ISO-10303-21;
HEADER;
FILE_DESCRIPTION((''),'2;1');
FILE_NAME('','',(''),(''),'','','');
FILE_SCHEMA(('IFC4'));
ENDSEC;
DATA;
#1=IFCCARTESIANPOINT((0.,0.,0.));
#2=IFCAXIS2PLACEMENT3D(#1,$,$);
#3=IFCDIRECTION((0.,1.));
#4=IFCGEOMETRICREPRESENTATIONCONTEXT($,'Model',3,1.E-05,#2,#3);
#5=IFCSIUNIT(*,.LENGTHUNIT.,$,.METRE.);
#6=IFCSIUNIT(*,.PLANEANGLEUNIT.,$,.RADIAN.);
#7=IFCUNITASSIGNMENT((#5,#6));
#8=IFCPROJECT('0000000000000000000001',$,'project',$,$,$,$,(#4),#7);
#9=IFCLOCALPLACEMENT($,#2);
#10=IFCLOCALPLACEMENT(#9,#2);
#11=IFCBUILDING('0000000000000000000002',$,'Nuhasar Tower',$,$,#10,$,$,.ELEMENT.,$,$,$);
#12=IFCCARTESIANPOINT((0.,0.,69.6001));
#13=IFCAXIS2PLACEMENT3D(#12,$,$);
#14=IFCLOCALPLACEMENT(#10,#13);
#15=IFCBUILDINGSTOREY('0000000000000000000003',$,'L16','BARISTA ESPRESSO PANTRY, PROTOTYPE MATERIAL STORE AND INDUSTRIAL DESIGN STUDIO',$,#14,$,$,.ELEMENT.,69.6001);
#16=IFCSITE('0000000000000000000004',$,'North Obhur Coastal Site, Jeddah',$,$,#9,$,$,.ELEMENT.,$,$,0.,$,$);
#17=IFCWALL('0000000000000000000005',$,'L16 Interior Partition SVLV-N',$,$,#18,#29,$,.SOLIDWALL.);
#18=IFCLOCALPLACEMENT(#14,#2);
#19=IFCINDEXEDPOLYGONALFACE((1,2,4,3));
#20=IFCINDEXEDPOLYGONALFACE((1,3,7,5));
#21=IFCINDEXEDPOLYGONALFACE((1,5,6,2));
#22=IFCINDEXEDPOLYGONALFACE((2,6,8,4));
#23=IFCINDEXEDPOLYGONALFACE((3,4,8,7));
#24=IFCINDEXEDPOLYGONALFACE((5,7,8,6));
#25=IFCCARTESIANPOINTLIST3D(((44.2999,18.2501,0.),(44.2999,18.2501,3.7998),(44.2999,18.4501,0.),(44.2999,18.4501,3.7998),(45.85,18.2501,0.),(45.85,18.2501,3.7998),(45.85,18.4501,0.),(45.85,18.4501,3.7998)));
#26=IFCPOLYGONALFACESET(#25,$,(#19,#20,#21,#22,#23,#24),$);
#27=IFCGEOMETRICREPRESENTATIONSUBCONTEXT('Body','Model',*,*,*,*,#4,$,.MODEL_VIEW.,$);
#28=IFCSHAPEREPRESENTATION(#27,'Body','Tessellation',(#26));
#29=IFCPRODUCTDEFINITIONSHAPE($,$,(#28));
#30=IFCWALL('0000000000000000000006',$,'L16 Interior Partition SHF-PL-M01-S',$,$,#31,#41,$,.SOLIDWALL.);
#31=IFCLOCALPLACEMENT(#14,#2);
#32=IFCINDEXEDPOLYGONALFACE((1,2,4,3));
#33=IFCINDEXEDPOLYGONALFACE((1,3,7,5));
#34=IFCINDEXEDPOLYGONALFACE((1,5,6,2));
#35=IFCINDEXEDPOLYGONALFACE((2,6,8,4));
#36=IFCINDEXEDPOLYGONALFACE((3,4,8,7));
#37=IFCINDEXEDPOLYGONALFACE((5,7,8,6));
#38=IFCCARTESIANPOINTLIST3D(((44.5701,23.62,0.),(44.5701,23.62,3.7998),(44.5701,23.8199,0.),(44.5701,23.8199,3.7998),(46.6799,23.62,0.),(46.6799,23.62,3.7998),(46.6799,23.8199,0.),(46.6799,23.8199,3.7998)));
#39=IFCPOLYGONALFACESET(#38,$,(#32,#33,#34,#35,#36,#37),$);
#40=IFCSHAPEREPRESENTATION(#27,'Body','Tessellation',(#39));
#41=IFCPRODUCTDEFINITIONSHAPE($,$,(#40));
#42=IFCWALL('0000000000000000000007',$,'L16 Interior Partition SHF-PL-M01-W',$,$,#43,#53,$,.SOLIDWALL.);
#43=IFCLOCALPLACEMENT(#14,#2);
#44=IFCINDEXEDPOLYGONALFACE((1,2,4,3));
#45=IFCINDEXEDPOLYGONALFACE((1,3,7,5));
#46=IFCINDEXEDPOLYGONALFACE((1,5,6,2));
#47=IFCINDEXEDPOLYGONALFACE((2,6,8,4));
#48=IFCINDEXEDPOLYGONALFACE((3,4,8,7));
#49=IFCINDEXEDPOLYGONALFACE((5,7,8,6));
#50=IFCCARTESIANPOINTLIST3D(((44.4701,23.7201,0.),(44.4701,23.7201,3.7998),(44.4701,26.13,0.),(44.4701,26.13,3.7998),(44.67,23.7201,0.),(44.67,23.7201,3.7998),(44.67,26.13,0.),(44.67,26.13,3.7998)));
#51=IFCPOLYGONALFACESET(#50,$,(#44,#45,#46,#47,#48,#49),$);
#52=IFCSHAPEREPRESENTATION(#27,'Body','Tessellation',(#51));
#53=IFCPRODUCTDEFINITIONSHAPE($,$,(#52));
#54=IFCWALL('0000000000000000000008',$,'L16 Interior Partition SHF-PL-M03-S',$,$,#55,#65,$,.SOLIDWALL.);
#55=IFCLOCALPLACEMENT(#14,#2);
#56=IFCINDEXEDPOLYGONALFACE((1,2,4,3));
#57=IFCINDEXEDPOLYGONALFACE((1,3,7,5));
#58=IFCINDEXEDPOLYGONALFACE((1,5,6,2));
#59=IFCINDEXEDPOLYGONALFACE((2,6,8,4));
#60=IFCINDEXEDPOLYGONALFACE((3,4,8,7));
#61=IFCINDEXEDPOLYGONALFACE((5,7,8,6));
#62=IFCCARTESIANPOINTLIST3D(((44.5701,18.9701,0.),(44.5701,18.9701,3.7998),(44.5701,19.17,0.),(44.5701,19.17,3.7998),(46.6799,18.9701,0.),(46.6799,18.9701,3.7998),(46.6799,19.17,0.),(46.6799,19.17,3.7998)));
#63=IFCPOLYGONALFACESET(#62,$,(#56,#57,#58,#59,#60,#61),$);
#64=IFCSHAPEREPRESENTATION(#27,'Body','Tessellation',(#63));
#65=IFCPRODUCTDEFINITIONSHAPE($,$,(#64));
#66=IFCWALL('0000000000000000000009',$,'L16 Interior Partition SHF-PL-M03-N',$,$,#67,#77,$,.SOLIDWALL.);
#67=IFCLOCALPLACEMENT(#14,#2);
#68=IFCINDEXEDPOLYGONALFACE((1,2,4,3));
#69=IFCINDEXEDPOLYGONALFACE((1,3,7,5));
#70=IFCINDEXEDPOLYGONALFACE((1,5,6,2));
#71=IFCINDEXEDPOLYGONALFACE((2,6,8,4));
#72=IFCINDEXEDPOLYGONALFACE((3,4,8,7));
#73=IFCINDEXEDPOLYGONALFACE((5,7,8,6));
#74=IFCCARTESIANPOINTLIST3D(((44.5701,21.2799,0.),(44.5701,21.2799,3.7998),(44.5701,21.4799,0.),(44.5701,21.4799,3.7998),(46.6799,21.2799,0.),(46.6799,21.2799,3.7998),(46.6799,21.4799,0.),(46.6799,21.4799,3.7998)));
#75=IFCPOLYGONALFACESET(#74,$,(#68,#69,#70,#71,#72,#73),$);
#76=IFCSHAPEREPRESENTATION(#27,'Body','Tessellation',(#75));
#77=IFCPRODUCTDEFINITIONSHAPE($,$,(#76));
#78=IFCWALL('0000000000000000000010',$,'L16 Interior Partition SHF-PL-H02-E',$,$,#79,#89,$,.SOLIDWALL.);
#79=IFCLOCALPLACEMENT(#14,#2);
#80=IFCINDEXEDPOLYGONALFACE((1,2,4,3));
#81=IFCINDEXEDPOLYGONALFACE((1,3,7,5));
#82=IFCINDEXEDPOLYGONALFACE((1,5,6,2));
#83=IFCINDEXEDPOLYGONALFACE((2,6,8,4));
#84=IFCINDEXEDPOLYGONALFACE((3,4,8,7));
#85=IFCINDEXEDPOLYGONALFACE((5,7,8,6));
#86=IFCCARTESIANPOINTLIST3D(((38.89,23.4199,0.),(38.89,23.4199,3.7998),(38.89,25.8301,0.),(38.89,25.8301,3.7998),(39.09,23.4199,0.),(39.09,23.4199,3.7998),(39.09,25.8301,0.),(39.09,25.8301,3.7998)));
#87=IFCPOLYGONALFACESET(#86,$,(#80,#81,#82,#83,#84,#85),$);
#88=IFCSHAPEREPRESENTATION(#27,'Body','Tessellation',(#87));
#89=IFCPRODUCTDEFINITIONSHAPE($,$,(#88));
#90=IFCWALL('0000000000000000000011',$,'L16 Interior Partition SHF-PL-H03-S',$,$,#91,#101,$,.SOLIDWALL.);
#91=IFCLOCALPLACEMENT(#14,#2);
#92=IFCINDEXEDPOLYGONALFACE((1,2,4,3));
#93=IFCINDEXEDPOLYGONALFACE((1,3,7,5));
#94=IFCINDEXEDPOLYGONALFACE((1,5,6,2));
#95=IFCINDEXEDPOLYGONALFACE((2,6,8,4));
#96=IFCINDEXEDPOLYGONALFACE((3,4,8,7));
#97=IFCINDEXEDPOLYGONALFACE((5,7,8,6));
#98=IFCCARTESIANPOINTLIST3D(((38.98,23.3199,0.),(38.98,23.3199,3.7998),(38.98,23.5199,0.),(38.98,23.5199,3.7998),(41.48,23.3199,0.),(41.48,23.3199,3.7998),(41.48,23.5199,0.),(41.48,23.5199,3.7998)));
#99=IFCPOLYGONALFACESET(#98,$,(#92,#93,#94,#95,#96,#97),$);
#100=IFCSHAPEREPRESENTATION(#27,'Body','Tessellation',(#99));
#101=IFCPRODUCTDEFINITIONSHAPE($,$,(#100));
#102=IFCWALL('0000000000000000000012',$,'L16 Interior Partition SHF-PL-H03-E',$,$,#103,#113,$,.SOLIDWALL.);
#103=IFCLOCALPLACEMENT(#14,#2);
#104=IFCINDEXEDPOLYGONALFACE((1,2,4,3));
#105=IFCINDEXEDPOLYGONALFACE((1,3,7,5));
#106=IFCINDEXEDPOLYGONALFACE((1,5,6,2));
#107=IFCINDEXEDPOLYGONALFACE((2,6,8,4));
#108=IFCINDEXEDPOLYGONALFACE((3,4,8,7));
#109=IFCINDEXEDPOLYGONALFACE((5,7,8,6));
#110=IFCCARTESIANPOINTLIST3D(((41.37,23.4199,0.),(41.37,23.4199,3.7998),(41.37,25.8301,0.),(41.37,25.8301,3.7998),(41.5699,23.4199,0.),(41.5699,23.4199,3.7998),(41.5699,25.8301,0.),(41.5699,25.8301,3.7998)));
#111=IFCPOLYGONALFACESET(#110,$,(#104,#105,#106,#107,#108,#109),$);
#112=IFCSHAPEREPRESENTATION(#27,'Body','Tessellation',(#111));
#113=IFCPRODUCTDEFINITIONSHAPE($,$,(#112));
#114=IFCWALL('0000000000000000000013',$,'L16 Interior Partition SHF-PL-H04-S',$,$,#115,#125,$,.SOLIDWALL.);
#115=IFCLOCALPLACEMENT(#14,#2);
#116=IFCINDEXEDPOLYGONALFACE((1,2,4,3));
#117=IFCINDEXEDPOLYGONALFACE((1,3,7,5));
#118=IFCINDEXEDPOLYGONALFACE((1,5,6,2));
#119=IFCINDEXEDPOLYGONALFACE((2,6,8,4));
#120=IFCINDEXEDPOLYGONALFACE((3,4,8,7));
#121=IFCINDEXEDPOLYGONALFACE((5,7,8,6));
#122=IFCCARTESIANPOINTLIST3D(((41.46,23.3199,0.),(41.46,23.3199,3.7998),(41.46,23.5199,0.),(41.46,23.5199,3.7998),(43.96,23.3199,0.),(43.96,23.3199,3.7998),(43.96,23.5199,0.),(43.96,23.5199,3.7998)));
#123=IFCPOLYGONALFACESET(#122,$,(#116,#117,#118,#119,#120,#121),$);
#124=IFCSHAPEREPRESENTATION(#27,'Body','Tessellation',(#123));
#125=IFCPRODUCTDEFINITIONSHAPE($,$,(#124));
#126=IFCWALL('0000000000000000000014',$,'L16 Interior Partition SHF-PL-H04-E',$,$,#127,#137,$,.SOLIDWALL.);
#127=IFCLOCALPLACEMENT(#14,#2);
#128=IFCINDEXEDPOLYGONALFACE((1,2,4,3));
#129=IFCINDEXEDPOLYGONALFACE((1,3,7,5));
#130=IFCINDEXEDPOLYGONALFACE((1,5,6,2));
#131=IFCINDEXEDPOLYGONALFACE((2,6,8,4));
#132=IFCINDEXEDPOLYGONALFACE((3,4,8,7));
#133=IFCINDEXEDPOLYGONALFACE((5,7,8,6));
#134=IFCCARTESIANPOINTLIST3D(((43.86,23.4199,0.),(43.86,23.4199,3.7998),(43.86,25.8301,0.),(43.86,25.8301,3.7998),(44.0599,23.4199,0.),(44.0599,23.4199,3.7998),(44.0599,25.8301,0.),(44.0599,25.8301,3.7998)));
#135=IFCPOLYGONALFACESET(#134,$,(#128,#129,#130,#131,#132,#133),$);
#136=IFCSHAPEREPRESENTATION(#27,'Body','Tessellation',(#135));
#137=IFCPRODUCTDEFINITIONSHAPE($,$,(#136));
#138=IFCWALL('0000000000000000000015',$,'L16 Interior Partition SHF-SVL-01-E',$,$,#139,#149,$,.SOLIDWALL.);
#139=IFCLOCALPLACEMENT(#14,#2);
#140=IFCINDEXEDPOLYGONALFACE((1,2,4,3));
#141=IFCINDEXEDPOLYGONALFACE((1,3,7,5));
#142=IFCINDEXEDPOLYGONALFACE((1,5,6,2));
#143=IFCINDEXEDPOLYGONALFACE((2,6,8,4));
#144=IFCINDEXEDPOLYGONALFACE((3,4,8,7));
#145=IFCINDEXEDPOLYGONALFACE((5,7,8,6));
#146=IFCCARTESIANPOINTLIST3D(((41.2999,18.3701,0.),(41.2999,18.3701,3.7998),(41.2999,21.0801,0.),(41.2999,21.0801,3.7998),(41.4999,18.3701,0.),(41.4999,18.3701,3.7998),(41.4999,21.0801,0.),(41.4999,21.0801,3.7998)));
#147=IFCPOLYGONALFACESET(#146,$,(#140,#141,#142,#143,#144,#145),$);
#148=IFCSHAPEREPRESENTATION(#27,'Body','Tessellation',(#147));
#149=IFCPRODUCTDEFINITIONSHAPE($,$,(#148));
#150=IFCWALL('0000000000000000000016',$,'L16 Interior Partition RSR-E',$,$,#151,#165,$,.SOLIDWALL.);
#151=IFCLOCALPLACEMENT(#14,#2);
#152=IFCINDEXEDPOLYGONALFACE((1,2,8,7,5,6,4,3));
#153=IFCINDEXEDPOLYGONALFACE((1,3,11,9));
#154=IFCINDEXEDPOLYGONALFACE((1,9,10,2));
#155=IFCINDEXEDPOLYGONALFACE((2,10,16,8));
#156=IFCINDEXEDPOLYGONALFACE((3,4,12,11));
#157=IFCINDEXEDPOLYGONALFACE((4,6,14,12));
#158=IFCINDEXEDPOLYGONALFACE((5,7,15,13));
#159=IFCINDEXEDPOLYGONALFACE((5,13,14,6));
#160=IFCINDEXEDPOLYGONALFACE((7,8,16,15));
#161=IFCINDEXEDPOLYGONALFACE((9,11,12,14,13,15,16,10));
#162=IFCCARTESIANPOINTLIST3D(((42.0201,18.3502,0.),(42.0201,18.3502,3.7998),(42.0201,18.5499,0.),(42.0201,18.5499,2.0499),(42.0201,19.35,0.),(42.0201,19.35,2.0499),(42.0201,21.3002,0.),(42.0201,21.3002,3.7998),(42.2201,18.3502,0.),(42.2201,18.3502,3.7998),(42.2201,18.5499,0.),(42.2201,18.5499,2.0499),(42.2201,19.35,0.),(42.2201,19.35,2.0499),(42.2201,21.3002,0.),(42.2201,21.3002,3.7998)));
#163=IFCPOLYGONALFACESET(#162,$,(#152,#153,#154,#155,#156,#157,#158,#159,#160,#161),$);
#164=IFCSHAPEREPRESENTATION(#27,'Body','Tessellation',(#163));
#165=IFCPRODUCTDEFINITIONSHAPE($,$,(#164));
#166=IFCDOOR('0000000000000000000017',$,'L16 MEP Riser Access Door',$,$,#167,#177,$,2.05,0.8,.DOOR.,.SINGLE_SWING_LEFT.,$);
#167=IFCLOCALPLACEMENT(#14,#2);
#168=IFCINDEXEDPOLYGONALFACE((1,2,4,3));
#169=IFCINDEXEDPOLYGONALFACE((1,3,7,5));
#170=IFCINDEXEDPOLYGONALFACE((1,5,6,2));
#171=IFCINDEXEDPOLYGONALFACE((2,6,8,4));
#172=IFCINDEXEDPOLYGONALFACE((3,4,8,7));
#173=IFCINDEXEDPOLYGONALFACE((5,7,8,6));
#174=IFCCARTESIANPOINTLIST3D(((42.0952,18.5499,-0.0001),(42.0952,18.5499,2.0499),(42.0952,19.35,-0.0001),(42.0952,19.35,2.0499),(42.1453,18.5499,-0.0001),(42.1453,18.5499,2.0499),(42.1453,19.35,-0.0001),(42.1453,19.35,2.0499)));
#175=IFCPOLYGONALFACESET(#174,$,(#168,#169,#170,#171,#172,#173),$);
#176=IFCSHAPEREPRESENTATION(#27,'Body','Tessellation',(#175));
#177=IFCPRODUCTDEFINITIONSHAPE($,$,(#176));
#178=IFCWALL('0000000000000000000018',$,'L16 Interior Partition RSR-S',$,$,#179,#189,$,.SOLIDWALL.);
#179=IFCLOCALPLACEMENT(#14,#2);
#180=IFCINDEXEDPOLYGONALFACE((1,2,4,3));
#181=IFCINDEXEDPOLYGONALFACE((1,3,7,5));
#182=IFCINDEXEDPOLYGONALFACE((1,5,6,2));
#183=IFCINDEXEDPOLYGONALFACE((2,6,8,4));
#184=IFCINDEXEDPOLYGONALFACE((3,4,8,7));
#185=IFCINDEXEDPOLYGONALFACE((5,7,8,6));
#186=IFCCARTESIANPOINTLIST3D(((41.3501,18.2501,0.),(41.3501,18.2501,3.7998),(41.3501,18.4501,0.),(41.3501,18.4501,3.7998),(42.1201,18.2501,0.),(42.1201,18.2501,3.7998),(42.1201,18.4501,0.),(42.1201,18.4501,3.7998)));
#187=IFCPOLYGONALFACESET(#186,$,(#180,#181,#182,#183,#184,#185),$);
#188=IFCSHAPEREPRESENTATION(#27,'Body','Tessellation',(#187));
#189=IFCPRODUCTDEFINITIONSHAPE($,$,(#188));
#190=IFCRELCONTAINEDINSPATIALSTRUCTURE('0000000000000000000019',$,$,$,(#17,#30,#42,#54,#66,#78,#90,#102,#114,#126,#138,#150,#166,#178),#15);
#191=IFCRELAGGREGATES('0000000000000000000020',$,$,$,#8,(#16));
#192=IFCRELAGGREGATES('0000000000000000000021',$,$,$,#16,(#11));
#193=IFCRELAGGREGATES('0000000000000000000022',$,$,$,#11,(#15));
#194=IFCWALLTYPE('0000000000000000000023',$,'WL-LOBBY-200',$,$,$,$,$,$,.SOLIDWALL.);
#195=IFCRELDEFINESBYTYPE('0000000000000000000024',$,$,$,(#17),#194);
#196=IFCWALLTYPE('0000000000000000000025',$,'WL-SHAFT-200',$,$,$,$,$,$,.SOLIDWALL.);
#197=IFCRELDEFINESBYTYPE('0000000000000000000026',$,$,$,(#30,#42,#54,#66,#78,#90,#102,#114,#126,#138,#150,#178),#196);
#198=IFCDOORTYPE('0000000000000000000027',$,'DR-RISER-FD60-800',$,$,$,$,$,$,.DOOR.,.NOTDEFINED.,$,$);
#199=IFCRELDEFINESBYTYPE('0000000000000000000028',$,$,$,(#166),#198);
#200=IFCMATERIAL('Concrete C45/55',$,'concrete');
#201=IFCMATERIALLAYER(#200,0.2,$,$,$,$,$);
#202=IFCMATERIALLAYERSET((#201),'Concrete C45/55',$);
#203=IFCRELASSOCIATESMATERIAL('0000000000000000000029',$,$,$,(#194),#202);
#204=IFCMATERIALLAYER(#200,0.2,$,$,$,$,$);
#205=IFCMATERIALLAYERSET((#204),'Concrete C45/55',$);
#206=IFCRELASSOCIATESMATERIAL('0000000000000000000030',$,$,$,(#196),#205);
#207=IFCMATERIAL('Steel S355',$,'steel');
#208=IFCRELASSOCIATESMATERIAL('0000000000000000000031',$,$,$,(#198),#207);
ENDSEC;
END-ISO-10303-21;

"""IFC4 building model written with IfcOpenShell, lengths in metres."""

from ifc_helpers import new_model, si_unit, direction, frame, frame_2d, origin, place, context, subcontext, project, spatial, rectangle, extrude, material, layer, layer_set, type_object, element, fill, save


model = new_model("IFC4")

# Units and contexts
model_context = context("Model", 3, precision=1e-05, world=origin(), true_north=direction((0.0, 1.0)))
body_context = subcontext(model_context, "Body", "Model", "MODEL_VIEW")
ifc_project = project(units=[si_unit("LENGTHUNIT", "METRE"), si_unit("PLANEANGLEUNIT", "RADIAN")], contexts=[model_context])

# Site, building, storey
site_placement = place(None, origin())
site = spatial("IfcSite", under=ifc_project, at=site_placement, Name="North Obhur Coastal Site, Jeddah", CompositionType="ELEMENT", RefElevation=0.0)
building_placement = place(site_placement, origin())
building = spatial("IfcBuilding", under=site, at=building_placement, Name="Nuhasar Tower", CompositionType="ELEMENT")
storey_placement = place(building_placement, frame((0.0, 0.0, 69.6001)))
storey = spatial("IfcBuildingStorey", under=building, at=storey_placement, Name="L16", Description="BARISTA ESPRESSO PANTRY, PROTOTYPE MATERIAL STORE AND INDUSTRIAL DESIGN STUDIO", CompositionType="ELEMENT", Elevation=69.6001)

# Shared definitions
ifc_material_1 = material(Name="Steel S355", Category="steel")

# Shared definitions
ifc_material_2 = material(Name="Concrete C45/55", Category="concrete")
ifc_layer_1 = layer(ifc_material_2, 0.2)
ifc_layer_set_1 = layer_set([ifc_layer_1], Name="Concrete C45/55")
wall_type_1 = type_object("IfcWallType", Name="WL-LOBBY-200", PredefinedType="SOLIDWALL", material=ifc_layer_set_1)

# Walls
wall_1_placement = place(storey_placement, frame((44.3, 18.3501, 0.0), z_axis=(0.0, 0.0, 1.0), x_axis=(1.0, 0.0, 0.0)))
element("IfcWall", 1, at=wall_1_placement, inside=storey, type_object=wall_type_1, Name="L16 Interior Partition SVLV-N", PredefinedType="SOLIDWALL", context=body_context, shape_type="SweptSolid", body=[
    extrude(rectangle(XDim=1.55, YDim=0.2, at=frame_2d((0.7749, 0.0))), origin(), (0.0, 0.0, 1.0), 3.7998),
])
ifc_layer_2 = layer(ifc_material_2, 0.2)
ifc_layer_set_2 = layer_set([ifc_layer_2], Name="Concrete C45/55")
wall_type_2 = type_object("IfcWallType", Name="WL-SHAFT-200", PredefinedType="SOLIDWALL", material=ifc_layer_set_2)
wall_2_placement = place(storey_placement, frame((44.5701, 23.72, 0.0), z_axis=(0.0, 0.0, 1.0), x_axis=(1.0, 0.0, 0.0)))
element("IfcWall", 2, at=wall_2_placement, inside=storey, type_object=wall_type_2, Name="L16 Interior Partition SHF-PL-M01-S", PredefinedType="SOLIDWALL", context=body_context, shape_type="SweptSolid", body=[
    extrude(rectangle(XDim=2.1099, YDim=0.2, at=frame_2d((1.0549, 0.0))), origin(), (0.0, 0.0, 1.0), 3.7998),
])
wall_3_placement = place(storey_placement, frame((44.5701, 23.72, 0.0), z_axis=(0.0, 0.0, 1.0), x_axis=(0.0, 1.0, 0.0)))
element("IfcWall", 3, at=wall_3_placement, inside=storey, type_object=wall_type_2, Name="L16 Interior Partition SHF-PL-M01-W", PredefinedType="SOLIDWALL", context=body_context, shape_type="SweptSolid", body=[
    extrude(rectangle(XDim=2.4099, YDim=0.2, at=frame_2d((1.2051, 0.0))), origin(), (0.0, 0.0, 1.0), 3.7998),
])
for number, where, z_axis, x_axis, name in (
    (4, (44.5701, 19.0701, 0.0), (0.0, 0.0, 1.0), (1.0, 0.0, 0.0), "L16 Interior Partition SHF-PL-M03-S"),
    (5, (44.5701, 21.3799, 0.0), (0.0, 0.0, 1.0), (1.0, 0.0, 0.0), "L16 Interior Partition SHF-PL-M03-N"),
):
    element("IfcWall", number, at=place(storey_placement, frame(where, z_axis=z_axis, x_axis=x_axis)), inside=storey, type_object=wall_type_2, Name=name, PredefinedType="SOLIDWALL", context=body_context, shape_type="SweptSolid", body=[
        extrude(rectangle(XDim=2.1099, YDim=0.2, at=frame_2d((1.0549, 0.0))), origin(), (0.0, 0.0, 1.0), 3.7998),
    ])
wall_4_placement = place(storey_placement, frame((38.99, 23.4199, 0.0), z_axis=(0.0, 0.0, 1.0), x_axis=(0.0, 1.0, 0.0)))
element("IfcWall", 6, at=wall_4_placement, inside=storey, type_object=wall_type_2, Name="L16 Interior Partition SHF-PL-H02-E", PredefinedType="SOLIDWALL", context=body_context, shape_type="SweptSolid", body=[
    extrude(rectangle(XDim=2.4102, YDim=0.2, at=frame_2d((1.2051, 0.0))), origin(), (0.0, 0.0, 1.0), 3.7998),
])
wall_5_placement = place(storey_placement, frame((38.98, 23.4199, 0.0), z_axis=(0.0, 0.0, 1.0), x_axis=(1.0, 0.0, 0.0)))
element("IfcWall", 7, at=wall_5_placement, inside=storey, type_object=wall_type_2, Name="L16 Interior Partition SHF-PL-H03-S", PredefinedType="SOLIDWALL", context=body_context, shape_type="SweptSolid", body=[
    extrude(rectangle(XDim=2.5, YDim=0.2, at=frame_2d((1.25, 0.0))), origin(), (0.0, 0.0, 1.0), 3.7998),
])
wall_6_placement = place(storey_placement, frame((41.47, 23.4199, 0.0), z_axis=(0.0, 0.0, 1.0), x_axis=(0.0, 1.0, 0.0)))
element("IfcWall", 8, at=wall_6_placement, inside=storey, type_object=wall_type_2, Name="L16 Interior Partition SHF-PL-H03-E", PredefinedType="SOLIDWALL", context=body_context, shape_type="SweptSolid", body=[
    extrude(rectangle(XDim=2.4102, YDim=0.2, at=frame_2d((1.2051, 0.0))), origin(), (0.0, 0.0, 1.0), 3.7998),
])
wall_7_placement = place(storey_placement, frame((41.46, 23.4199, 0.0), z_axis=(0.0, 0.0, 1.0), x_axis=(1.0, 0.0, 0.0)))
element("IfcWall", 9, at=wall_7_placement, inside=storey, type_object=wall_type_2, Name="L16 Interior Partition SHF-PL-H04-S", PredefinedType="SOLIDWALL", context=body_context, shape_type="SweptSolid", body=[
    extrude(rectangle(XDim=2.5, YDim=0.2, at=frame_2d((1.25, 0.0))), origin(), (0.0, 0.0, 1.0), 3.7998),
])
wall_8_placement = place(storey_placement, frame((43.96, 23.4199, 0.0), z_axis=(0.0, 0.0, 1.0), x_axis=(0.0, 1.0, 0.0)))
element("IfcWall", 10, at=wall_8_placement, inside=storey, type_object=wall_type_2, Name="L16 Interior Partition SHF-PL-H04-E", PredefinedType="SOLIDWALL", context=body_context, shape_type="SweptSolid", body=[
    extrude(rectangle(XDim=2.4102, YDim=0.2, at=frame_2d((1.2051, 0.0))), origin(), (0.0, 0.0, 1.0), 3.7998),
])
wall_9_placement = place(storey_placement, frame((41.3999, 18.3701, 0.0), z_axis=(0.0, 0.0, 1.0), x_axis=(0.0, 1.0, 0.0)))
element("IfcWall", 11, at=wall_9_placement, inside=storey, type_object=wall_type_2, Name="L16 Interior Partition SHF-SVL-01-E", PredefinedType="SOLIDWALL", context=body_context, shape_type="SweptSolid", body=[
    extrude(rectangle(XDim=2.71, YDim=0.2, at=frame_2d((1.355, 0.0))), origin(), (0.0, 0.0, 1.0), 3.7998),
])

# Wall, opening, door
wall_10_placement = place(storey_placement, frame((42.1201, 18.3501, 0.0), z_axis=(0.0, 0.0, 1.0), x_axis=(0.0, 1.0, 0.0)))
wall_10 = element("IfcWall", 12, at=wall_10_placement, inside=storey, type_object=wall_type_2, Name="L16 Interior Partition RSR-E", PredefinedType="SOLIDWALL", context=body_context, shape_type="SweptSolid", body=[
    extrude(rectangle(XDim=2.95, YDim=0.2, at=frame_2d((1.4751, 0.0))), origin(), (0.0, 0.0, 1.0), 3.7998),
])
opening_1_placement = place(wall_10_placement, frame((0.2, 0.0, 0.0)))
opening_1 = element("IfcOpeningElement", 13, at=opening_1_placement, cuts=wall_10, PredefinedType="OPENING", context=body_context, shape_type="SweptSolid", body=[
    extrude(rectangle(XDim=0.8, YDim=2.05, at=frame_2d((0.3999, 1.0249))), frame((0.0, 0.1099, 0.0), z_axis=(0.0, -1.0, 0.0), x_axis=(1.0, 0.0, 0.0)), (0.0, 0.0, 1.0), 0.22),
])
door_type_1 = type_object("IfcDoorType", Name="DR-RISER-FD60-800", OperationType="NOTDEFINED", PredefinedType="DOOR", material=ifc_material_1)
door_1_placement = place(opening_1_placement, origin())
door_1 = element("IfcDoor", 14, at=door_1_placement, inside=storey, type_object=door_type_1, Name="L16 MEP Riser Access Door", OperationType="SINGLE_SWING_LEFT", OverallHeight=2.05, OverallWidth=0.8, PredefinedType="DOOR", context=body_context, shape_type="SweptSolid", body=[
    extrude(rectangle(XDim=0.8, YDim=2.05, at=frame_2d((0.3999, 1.0249))), frame((0.0, 0.0249, 0.0), z_axis=(0.0, -1.0, 0.0), x_axis=(1.0, 0.0, 0.0)), (0.0, 0.0, 1.0), 0.05),
])
fill(opening_1, door_1)

# Wall
wall_11_placement = place(storey_placement, frame((41.3501, 18.3501, 0.0), z_axis=(0.0, 0.0, 1.0), x_axis=(1.0, 0.0, 0.0)))
element("IfcWall", 15, at=wall_11_placement, inside=storey, type_object=wall_type_2, Name="L16 Interior Partition RSR-S", PredefinedType="SOLIDWALL", context=body_context, shape_type="SweptSolid", body=[
    extrude(rectangle(XDim=0.77, YDim=0.2, at=frame_2d((0.385, 0.0))), origin(), (0.0, 0.0, 1.0), 3.7998),
])

save(model, "model.ifc")
